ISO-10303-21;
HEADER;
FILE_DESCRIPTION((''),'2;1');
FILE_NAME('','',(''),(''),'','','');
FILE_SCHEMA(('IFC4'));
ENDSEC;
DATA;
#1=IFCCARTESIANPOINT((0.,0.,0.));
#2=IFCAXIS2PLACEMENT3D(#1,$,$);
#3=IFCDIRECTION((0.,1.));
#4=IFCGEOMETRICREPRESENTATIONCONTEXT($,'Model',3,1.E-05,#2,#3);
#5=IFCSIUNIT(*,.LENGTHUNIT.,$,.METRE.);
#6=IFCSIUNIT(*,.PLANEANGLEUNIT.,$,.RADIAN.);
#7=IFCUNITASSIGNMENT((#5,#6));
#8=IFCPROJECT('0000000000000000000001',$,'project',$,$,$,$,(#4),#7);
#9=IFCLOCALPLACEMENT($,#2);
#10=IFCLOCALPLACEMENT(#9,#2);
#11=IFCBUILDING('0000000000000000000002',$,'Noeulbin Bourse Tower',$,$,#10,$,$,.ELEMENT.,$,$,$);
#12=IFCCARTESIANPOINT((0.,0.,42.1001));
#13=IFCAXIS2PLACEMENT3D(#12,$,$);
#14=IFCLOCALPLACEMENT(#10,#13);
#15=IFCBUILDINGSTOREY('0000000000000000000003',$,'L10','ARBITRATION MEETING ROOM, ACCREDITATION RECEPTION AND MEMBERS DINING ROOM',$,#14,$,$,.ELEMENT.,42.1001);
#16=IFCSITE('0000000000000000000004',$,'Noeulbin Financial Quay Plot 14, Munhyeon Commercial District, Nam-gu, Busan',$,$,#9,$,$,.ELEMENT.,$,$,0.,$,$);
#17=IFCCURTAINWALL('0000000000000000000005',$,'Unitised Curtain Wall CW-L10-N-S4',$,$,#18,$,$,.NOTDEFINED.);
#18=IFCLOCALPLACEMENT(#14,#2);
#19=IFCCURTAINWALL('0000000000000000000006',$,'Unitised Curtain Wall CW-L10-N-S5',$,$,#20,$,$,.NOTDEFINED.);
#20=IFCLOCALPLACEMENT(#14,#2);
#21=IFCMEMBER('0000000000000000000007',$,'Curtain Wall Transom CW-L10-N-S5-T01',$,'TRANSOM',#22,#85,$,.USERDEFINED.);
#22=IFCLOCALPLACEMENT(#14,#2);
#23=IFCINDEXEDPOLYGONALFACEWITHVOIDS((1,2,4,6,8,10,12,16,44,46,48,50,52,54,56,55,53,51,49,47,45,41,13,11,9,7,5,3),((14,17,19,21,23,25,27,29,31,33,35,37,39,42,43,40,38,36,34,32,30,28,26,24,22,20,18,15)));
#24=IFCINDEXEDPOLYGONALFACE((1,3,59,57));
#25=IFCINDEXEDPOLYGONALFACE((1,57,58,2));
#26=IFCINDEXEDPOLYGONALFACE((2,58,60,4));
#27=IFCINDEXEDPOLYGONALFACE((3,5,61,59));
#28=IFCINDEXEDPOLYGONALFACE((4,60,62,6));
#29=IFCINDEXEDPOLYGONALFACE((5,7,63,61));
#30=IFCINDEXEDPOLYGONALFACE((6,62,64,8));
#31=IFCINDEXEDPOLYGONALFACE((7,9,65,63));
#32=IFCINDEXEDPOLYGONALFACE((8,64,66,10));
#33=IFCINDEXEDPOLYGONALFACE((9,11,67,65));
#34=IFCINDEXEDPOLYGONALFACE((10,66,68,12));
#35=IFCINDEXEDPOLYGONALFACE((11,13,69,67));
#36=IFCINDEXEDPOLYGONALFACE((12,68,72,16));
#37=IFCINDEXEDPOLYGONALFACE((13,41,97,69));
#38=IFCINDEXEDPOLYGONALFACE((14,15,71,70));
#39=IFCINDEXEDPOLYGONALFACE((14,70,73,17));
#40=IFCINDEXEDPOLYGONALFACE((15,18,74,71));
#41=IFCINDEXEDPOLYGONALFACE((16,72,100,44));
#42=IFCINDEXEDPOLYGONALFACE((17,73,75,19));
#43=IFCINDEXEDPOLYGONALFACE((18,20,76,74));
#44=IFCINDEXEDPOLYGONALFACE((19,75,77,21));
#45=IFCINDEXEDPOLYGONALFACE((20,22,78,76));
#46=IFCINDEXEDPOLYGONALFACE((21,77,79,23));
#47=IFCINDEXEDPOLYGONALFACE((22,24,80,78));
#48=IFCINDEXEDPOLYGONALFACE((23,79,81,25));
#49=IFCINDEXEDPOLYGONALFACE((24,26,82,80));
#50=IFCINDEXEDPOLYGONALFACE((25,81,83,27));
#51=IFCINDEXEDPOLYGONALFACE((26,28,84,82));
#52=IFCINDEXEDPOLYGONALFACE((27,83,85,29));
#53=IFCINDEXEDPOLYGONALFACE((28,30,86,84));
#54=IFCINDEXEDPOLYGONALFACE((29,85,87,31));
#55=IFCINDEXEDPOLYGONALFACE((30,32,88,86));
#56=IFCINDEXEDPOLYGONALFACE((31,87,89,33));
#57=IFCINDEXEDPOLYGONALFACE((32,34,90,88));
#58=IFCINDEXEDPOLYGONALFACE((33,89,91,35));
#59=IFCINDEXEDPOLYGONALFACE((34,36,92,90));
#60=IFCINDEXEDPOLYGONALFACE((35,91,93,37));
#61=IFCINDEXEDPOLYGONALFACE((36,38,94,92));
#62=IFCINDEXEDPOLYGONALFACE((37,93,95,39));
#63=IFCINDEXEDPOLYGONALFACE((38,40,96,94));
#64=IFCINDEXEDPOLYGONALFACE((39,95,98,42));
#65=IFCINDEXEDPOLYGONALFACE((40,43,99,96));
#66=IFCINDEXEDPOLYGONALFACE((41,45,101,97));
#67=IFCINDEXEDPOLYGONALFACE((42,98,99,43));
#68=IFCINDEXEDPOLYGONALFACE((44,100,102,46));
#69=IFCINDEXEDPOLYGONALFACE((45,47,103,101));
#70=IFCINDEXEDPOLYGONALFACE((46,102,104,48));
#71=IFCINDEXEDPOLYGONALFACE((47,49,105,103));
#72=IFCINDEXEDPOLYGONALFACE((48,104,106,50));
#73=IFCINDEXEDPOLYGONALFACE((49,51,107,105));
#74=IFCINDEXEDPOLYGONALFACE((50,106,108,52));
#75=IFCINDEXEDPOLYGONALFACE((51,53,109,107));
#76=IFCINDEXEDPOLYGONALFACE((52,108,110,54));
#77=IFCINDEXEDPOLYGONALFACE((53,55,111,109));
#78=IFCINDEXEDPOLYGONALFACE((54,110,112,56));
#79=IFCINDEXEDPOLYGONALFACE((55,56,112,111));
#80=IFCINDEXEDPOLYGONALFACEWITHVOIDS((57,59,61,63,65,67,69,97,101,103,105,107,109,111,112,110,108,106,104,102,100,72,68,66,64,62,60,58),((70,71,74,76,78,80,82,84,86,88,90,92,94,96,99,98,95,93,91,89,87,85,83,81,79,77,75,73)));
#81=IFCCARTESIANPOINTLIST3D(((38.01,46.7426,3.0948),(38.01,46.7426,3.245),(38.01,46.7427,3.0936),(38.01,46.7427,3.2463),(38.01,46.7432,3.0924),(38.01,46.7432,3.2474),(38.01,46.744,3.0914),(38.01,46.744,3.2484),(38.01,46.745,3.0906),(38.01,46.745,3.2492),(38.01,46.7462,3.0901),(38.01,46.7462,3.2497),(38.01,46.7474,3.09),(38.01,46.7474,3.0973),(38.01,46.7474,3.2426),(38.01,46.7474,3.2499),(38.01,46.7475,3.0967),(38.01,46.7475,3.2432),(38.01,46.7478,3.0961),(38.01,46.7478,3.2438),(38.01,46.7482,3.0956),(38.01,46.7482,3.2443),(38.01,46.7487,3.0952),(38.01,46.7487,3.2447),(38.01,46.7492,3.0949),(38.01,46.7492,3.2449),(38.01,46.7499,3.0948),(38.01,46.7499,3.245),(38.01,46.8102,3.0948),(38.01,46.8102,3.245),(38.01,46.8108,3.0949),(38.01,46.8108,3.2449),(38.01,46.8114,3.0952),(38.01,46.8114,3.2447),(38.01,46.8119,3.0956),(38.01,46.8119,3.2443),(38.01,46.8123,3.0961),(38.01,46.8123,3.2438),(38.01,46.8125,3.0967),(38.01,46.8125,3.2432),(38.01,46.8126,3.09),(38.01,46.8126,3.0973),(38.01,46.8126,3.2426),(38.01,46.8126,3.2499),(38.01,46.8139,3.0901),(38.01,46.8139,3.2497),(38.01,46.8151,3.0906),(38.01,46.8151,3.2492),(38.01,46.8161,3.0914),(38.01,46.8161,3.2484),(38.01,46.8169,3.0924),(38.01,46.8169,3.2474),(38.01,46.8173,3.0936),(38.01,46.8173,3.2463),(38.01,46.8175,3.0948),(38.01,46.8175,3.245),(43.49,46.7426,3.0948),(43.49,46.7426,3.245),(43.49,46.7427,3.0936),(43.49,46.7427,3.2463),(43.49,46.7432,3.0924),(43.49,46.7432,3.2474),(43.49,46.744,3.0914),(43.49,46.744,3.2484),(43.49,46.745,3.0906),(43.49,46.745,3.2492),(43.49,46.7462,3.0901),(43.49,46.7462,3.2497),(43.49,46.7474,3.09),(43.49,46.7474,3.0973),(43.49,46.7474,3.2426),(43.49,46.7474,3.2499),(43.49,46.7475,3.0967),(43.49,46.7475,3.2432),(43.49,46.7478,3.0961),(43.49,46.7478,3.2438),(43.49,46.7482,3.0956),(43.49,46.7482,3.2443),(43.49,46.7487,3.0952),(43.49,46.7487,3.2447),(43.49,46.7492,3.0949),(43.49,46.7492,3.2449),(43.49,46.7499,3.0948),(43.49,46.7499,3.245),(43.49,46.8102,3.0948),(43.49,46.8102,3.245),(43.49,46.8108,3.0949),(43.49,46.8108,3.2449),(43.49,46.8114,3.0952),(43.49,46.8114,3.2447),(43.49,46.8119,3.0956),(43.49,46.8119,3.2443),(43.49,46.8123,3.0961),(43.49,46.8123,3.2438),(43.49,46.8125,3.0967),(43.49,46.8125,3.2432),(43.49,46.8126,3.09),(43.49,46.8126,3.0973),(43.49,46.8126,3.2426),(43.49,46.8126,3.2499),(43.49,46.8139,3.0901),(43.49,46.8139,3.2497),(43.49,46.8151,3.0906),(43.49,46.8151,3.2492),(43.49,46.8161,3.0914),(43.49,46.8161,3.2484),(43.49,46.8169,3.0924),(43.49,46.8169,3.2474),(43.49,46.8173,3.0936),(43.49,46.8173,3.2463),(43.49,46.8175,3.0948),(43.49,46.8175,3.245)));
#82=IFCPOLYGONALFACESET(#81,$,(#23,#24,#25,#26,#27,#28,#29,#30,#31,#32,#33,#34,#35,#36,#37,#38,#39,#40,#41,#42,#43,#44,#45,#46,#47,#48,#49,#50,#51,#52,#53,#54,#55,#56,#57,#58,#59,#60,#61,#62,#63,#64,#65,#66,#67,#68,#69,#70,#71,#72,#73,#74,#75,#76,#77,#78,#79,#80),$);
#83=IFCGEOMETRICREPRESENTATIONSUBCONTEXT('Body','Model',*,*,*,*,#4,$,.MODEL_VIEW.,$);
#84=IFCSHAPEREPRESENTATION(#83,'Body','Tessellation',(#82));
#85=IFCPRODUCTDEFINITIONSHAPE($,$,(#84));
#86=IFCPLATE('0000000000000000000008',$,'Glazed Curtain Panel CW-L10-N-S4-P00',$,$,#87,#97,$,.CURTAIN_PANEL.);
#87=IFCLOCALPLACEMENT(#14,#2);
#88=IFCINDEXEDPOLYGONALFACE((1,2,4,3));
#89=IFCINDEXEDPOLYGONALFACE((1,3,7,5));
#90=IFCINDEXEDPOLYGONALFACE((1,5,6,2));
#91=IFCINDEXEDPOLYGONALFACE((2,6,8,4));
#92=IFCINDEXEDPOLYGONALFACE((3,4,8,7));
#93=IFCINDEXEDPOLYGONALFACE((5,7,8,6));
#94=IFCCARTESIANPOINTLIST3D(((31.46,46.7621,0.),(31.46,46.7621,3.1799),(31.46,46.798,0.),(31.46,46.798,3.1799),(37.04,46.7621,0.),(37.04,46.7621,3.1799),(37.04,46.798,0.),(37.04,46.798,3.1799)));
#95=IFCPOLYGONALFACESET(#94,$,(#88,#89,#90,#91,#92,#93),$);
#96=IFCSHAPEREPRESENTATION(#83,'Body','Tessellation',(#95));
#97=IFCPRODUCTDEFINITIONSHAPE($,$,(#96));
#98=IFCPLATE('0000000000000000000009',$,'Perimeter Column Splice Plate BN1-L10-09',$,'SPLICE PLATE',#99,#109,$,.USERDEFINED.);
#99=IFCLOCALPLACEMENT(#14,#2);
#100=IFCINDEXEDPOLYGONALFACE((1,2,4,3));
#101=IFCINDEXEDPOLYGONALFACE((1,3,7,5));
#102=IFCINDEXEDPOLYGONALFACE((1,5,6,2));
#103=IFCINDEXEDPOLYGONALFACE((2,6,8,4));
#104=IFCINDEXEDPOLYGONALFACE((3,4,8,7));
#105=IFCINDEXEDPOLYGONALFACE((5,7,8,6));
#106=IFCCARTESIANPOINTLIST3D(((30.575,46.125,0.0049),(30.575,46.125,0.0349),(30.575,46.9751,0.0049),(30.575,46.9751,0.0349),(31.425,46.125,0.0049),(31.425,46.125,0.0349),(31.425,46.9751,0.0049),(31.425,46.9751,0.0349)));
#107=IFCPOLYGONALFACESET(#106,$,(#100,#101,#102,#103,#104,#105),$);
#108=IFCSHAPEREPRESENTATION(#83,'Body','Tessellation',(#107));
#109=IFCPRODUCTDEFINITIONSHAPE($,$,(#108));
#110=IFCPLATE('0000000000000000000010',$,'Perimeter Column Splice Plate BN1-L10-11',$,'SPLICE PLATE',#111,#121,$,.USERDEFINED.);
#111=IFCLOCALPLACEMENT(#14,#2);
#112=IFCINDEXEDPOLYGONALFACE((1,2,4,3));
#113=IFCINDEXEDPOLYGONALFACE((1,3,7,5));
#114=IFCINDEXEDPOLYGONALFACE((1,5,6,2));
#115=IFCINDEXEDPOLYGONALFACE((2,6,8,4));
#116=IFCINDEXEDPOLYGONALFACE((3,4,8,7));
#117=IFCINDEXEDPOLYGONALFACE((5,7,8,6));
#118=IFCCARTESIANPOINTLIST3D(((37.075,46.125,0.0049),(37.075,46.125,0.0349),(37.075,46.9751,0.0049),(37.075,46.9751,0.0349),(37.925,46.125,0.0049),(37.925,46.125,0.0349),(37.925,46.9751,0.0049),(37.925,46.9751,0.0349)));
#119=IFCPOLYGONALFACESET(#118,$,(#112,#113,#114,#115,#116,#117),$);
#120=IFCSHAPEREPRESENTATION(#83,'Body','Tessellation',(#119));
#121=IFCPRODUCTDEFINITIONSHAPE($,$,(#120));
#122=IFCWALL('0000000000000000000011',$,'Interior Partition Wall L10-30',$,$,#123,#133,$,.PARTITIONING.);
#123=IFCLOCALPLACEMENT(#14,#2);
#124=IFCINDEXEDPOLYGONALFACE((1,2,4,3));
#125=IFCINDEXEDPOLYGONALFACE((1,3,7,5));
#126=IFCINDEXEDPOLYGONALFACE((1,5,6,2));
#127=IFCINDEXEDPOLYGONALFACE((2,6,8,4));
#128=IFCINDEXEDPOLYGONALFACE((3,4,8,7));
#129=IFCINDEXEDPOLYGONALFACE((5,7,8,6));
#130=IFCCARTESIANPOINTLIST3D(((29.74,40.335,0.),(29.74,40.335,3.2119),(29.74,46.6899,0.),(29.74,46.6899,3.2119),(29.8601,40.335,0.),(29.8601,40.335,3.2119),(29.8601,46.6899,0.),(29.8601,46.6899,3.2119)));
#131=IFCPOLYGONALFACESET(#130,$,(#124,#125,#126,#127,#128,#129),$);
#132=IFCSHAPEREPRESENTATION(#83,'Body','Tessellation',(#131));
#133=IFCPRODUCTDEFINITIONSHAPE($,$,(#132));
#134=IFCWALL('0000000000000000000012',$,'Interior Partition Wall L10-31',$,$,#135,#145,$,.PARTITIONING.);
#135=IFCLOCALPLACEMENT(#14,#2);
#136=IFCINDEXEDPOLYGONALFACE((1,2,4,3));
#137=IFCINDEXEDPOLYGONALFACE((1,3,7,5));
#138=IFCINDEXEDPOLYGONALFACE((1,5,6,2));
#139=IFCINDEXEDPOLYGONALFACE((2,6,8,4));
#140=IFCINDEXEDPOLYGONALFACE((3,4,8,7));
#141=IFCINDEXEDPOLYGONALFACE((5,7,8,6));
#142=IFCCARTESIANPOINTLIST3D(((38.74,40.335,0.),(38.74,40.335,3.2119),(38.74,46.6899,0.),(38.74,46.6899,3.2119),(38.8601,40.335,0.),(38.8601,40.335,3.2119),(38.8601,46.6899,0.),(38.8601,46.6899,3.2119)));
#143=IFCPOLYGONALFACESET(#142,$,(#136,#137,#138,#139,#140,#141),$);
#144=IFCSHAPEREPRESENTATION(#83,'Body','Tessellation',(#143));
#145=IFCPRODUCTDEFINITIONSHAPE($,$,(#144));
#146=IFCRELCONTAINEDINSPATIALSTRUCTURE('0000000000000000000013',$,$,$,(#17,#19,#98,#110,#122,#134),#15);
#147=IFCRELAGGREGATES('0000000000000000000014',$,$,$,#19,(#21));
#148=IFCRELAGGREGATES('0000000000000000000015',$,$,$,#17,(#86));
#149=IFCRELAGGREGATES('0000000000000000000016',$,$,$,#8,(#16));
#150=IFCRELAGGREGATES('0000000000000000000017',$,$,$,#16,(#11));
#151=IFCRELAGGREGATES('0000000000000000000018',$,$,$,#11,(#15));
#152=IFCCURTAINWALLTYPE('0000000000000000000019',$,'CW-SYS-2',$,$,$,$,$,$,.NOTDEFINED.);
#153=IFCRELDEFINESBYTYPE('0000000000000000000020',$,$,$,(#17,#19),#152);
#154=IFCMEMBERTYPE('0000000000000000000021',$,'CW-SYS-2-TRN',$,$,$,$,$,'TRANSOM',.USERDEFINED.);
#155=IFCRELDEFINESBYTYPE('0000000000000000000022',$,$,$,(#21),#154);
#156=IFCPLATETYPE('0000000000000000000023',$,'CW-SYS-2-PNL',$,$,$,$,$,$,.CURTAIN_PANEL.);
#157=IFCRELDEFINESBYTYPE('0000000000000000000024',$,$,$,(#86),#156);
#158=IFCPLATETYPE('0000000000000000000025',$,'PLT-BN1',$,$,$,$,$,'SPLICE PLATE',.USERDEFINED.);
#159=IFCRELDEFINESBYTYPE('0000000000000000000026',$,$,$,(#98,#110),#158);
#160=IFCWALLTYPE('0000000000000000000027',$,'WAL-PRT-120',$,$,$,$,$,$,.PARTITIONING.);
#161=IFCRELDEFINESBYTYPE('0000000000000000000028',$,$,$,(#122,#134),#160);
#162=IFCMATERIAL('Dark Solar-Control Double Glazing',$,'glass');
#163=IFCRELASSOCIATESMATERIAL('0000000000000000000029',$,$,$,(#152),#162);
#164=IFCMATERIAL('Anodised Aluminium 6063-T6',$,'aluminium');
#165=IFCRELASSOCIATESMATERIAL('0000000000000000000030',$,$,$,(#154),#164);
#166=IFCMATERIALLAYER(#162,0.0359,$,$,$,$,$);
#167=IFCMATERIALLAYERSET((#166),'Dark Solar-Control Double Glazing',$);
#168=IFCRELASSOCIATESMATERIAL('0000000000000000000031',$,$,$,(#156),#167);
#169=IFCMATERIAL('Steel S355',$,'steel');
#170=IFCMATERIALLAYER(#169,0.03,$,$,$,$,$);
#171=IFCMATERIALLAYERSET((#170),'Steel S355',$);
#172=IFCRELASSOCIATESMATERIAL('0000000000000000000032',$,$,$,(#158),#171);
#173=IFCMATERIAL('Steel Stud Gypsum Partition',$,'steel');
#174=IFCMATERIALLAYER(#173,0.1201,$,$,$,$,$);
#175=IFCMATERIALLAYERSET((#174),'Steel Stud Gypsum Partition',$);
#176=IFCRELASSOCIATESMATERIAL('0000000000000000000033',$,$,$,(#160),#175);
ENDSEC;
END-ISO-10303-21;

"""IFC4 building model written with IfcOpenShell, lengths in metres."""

from ifc_helpers import new_model, si_unit, direction, frame, frame_2d, origin, origin_2d, place, context, subcontext, project, spatial, rectangle, hollow_rectangle, extrude, material, layer, layer_set, material_profile, profile_set, type_object, element, aggregate, save


model = new_model("IFC4")

# Units and contexts
model_context = context("Model", 3, precision=1e-05, world=origin(), true_north=direction((0.0, 1.0)))
body_context = subcontext(model_context, "Body", "Model", "MODEL_VIEW")
ifc_project = project(units=[si_unit("LENGTHUNIT", "METRE"), si_unit("PLANEANGLEUNIT", "RADIAN")], contexts=[model_context])

# Site, building, storey
site_placement = place(None, origin())
site = spatial("IfcSite", under=ifc_project, at=site_placement, Name="Noeulbin Financial Quay Plot 14, Munhyeon Commercial District, Nam-gu, Busan", CompositionType="ELEMENT", RefElevation=0.0)
building_placement = place(site_placement, origin())
building = spatial("IfcBuilding", under=site, at=building_placement, Name="Noeulbin Bourse Tower", CompositionType="ELEMENT")
storey_placement = place(building_placement, frame((0.0, 0.0, 42.1001)))
storey = spatial("IfcBuildingStorey", under=building, at=storey_placement, Name="L10", Description="ARBITRATION MEETING ROOM, ACCREDITATION RECEPTION AND MEMBERS DINING ROOM", CompositionType="ELEMENT", Elevation=42.1001)

# Shared definitions
ifc_material_1 = material(Name="Steel S355", Category="steel")

# Shared definitions
ifc_material_2 = material(Name="Dark Solar-Control Double Glazing", Category="glass")
curtain_wall_type = type_object("IfcCurtainWallType", Name="CW-SYS-2", PredefinedType="NOTDEFINED", material=ifc_material_2)
ifc_material_3 = material(Name="Anodised Aluminium 6063-T6", Category="aluminium")

# Curtain wall
curtain_wall_1_placement = place(storey_placement, origin())
curtain_wall_1 = element("IfcCurtainWall", 1, at=curtain_wall_1_placement, inside=storey, type_object=curtain_wall_type, Name="Unitised Curtain Wall CW-L10-N-S4", PredefinedType="NOTDEFINED")

# Curtain wall
curtain_wall_2_placement = place(storey_placement, origin())
curtain_wall_2 = element("IfcCurtainWall", 2, at=curtain_wall_2_placement, inside=storey, type_object=curtain_wall_type, Name="Unitised Curtain Wall CW-L10-N-S5", PredefinedType="NOTDEFINED")

# Member
ifc_material_profile_1 = material_profile(ifc_material_3, hollow_rectangle(XDim=0.075, YDim=0.1599, WallThickness=0.0049, InnerFilletRadius=0.0024, OuterFilletRadius=0.0049, at=origin_2d()), Name="ALU-TRAN-75x160x5", Category="LoadBearing")
ifc_profile_set_1 = profile_set([ifc_material_profile_1], Name="Anodised Aluminium 6063-T6")
member_type_1 = type_object("IfcMemberType", Name="CW-SYS-2-TRN", ElementType="TRANSOM", PredefinedType="USERDEFINED", material=ifc_profile_set_1)
member_1_placement = place(storey_placement, frame((38.01, 46.78, 3.1699), z_axis=(1.0, 0.0, 0.0), x_axis=(0.0, 1.0, 0.0)))
member_1 = element("IfcMember", 3, at=member_1_placement, type_object=member_type_1, Name="Curtain Wall Transom CW-L10-N-S5-T01", ObjectType="TRANSOM", PredefinedType="USERDEFINED", context=body_context, shape_type="SweptSolid", body=[
    extrude(hollow_rectangle(XDim=0.075, YDim=0.1599, WallThickness=0.0049, InnerFilletRadius=0.0024, OuterFilletRadius=0.0049, at=origin_2d()), origin(), (0.0, 0.0, 1.0), 5.48),
])
aggregate(curtain_wall_2, [member_1])

# Plate
ifc_layer_1 = layer(ifc_material_2, 0.0359)
ifc_layer_set_1 = layer_set([ifc_layer_1], Name="Dark Solar-Control Double Glazing")
plate_type_1 = type_object("IfcPlateType", Name="CW-SYS-2-PNL", PredefinedType="CURTAIN_PANEL", material=ifc_layer_set_1)
plate_placement = place(storey_placement, frame((34.25, 46.78, 0.0), z_axis=(0.0, 0.0, 1.0), x_axis=(1.0, 0.0, 0.0)))
plate = element("IfcPlate", 4, at=plate_placement, type_object=plate_type_1, Name="Glazed Curtain Panel CW-L10-N-S4-P00", PredefinedType="CURTAIN_PANEL", context=body_context, shape_type="SweptSolid", body=[
    extrude(rectangle(XDim=5.5801, YDim=0.0359, at=origin_2d()), origin(), (0.0, 0.0, 1.0), 3.1799),
])
aggregate(curtain_wall_1, [plate])

# Plates
ifc_layer_2 = layer(ifc_material_1, 0.03)
ifc_layer_set_2 = layer_set([ifc_layer_2], Name="Steel S355")
plate_type_2 = type_object("IfcPlateType", Name="PLT-BN1", ElementType="SPLICE PLATE", PredefinedType="USERDEFINED", material=ifc_layer_set_2)
for number, where, z_axis, x_axis, name in (
    (5, (31.0, 46.55, 0.0049), (0.0, 0.0, 1.0), (1.0, 0.0, 0.0), "Perimeter Column Splice Plate BN1-L10-09"),
    (6, (37.5, 46.55, 0.0049), (0.0, 0.0, 1.0), (1.0, 0.0, 0.0), "Perimeter Column Splice Plate BN1-L10-11"),
):
    element("IfcPlate", number, at=place(storey_placement, frame(where, z_axis=z_axis, x_axis=x_axis)), inside=storey, type_object=plate_type_2, Name=name, ObjectType="SPLICE PLATE", PredefinedType="USERDEFINED", context=body_context, shape_type="SweptSolid", body=[
        extrude(rectangle(XDim=0.8501, YDim=0.8501, at=origin_2d()), origin(), (0.0, 0.0, 1.0), 0.03),
    ])

# Walls
ifc_material_4 = material(Name="Steel Stud Gypsum Partition", Category="steel")
ifc_layer_3 = layer(ifc_material_4, 0.1201)
ifc_layer_set_3 = layer_set([ifc_layer_3], Name="Steel Stud Gypsum Partition")
wall_type = type_object("IfcWallType", Name="WAL-PRT-120", PredefinedType="PARTITIONING", material=ifc_layer_set_3)
for number, where, z_axis, x_axis, name in (
    (7, (29.8, 40.335, 0.0), (0.0, 0.0, 1.0), (0.0, 1.0, 0.0), "Interior Partition Wall L10-30"),
    (8, (38.8, 40.335, 0.0), (0.0, 0.0, 1.0), (0.0, 1.0, 0.0), "Interior Partition Wall L10-31"),
):
    element("IfcWall", number, at=place(storey_placement, frame(where, z_axis=z_axis, x_axis=x_axis)), inside=storey, type_object=wall_type, Name=name, PredefinedType="PARTITIONING", context=body_context, shape_type="SweptSolid", body=[
        extrude(rectangle(XDim=6.355, YDim=0.1201, at=frame_2d((3.1775, 0.0))), origin(), (0.0, 0.0, 1.0), 3.2119),
    ])

save(model, "model.ifc")
